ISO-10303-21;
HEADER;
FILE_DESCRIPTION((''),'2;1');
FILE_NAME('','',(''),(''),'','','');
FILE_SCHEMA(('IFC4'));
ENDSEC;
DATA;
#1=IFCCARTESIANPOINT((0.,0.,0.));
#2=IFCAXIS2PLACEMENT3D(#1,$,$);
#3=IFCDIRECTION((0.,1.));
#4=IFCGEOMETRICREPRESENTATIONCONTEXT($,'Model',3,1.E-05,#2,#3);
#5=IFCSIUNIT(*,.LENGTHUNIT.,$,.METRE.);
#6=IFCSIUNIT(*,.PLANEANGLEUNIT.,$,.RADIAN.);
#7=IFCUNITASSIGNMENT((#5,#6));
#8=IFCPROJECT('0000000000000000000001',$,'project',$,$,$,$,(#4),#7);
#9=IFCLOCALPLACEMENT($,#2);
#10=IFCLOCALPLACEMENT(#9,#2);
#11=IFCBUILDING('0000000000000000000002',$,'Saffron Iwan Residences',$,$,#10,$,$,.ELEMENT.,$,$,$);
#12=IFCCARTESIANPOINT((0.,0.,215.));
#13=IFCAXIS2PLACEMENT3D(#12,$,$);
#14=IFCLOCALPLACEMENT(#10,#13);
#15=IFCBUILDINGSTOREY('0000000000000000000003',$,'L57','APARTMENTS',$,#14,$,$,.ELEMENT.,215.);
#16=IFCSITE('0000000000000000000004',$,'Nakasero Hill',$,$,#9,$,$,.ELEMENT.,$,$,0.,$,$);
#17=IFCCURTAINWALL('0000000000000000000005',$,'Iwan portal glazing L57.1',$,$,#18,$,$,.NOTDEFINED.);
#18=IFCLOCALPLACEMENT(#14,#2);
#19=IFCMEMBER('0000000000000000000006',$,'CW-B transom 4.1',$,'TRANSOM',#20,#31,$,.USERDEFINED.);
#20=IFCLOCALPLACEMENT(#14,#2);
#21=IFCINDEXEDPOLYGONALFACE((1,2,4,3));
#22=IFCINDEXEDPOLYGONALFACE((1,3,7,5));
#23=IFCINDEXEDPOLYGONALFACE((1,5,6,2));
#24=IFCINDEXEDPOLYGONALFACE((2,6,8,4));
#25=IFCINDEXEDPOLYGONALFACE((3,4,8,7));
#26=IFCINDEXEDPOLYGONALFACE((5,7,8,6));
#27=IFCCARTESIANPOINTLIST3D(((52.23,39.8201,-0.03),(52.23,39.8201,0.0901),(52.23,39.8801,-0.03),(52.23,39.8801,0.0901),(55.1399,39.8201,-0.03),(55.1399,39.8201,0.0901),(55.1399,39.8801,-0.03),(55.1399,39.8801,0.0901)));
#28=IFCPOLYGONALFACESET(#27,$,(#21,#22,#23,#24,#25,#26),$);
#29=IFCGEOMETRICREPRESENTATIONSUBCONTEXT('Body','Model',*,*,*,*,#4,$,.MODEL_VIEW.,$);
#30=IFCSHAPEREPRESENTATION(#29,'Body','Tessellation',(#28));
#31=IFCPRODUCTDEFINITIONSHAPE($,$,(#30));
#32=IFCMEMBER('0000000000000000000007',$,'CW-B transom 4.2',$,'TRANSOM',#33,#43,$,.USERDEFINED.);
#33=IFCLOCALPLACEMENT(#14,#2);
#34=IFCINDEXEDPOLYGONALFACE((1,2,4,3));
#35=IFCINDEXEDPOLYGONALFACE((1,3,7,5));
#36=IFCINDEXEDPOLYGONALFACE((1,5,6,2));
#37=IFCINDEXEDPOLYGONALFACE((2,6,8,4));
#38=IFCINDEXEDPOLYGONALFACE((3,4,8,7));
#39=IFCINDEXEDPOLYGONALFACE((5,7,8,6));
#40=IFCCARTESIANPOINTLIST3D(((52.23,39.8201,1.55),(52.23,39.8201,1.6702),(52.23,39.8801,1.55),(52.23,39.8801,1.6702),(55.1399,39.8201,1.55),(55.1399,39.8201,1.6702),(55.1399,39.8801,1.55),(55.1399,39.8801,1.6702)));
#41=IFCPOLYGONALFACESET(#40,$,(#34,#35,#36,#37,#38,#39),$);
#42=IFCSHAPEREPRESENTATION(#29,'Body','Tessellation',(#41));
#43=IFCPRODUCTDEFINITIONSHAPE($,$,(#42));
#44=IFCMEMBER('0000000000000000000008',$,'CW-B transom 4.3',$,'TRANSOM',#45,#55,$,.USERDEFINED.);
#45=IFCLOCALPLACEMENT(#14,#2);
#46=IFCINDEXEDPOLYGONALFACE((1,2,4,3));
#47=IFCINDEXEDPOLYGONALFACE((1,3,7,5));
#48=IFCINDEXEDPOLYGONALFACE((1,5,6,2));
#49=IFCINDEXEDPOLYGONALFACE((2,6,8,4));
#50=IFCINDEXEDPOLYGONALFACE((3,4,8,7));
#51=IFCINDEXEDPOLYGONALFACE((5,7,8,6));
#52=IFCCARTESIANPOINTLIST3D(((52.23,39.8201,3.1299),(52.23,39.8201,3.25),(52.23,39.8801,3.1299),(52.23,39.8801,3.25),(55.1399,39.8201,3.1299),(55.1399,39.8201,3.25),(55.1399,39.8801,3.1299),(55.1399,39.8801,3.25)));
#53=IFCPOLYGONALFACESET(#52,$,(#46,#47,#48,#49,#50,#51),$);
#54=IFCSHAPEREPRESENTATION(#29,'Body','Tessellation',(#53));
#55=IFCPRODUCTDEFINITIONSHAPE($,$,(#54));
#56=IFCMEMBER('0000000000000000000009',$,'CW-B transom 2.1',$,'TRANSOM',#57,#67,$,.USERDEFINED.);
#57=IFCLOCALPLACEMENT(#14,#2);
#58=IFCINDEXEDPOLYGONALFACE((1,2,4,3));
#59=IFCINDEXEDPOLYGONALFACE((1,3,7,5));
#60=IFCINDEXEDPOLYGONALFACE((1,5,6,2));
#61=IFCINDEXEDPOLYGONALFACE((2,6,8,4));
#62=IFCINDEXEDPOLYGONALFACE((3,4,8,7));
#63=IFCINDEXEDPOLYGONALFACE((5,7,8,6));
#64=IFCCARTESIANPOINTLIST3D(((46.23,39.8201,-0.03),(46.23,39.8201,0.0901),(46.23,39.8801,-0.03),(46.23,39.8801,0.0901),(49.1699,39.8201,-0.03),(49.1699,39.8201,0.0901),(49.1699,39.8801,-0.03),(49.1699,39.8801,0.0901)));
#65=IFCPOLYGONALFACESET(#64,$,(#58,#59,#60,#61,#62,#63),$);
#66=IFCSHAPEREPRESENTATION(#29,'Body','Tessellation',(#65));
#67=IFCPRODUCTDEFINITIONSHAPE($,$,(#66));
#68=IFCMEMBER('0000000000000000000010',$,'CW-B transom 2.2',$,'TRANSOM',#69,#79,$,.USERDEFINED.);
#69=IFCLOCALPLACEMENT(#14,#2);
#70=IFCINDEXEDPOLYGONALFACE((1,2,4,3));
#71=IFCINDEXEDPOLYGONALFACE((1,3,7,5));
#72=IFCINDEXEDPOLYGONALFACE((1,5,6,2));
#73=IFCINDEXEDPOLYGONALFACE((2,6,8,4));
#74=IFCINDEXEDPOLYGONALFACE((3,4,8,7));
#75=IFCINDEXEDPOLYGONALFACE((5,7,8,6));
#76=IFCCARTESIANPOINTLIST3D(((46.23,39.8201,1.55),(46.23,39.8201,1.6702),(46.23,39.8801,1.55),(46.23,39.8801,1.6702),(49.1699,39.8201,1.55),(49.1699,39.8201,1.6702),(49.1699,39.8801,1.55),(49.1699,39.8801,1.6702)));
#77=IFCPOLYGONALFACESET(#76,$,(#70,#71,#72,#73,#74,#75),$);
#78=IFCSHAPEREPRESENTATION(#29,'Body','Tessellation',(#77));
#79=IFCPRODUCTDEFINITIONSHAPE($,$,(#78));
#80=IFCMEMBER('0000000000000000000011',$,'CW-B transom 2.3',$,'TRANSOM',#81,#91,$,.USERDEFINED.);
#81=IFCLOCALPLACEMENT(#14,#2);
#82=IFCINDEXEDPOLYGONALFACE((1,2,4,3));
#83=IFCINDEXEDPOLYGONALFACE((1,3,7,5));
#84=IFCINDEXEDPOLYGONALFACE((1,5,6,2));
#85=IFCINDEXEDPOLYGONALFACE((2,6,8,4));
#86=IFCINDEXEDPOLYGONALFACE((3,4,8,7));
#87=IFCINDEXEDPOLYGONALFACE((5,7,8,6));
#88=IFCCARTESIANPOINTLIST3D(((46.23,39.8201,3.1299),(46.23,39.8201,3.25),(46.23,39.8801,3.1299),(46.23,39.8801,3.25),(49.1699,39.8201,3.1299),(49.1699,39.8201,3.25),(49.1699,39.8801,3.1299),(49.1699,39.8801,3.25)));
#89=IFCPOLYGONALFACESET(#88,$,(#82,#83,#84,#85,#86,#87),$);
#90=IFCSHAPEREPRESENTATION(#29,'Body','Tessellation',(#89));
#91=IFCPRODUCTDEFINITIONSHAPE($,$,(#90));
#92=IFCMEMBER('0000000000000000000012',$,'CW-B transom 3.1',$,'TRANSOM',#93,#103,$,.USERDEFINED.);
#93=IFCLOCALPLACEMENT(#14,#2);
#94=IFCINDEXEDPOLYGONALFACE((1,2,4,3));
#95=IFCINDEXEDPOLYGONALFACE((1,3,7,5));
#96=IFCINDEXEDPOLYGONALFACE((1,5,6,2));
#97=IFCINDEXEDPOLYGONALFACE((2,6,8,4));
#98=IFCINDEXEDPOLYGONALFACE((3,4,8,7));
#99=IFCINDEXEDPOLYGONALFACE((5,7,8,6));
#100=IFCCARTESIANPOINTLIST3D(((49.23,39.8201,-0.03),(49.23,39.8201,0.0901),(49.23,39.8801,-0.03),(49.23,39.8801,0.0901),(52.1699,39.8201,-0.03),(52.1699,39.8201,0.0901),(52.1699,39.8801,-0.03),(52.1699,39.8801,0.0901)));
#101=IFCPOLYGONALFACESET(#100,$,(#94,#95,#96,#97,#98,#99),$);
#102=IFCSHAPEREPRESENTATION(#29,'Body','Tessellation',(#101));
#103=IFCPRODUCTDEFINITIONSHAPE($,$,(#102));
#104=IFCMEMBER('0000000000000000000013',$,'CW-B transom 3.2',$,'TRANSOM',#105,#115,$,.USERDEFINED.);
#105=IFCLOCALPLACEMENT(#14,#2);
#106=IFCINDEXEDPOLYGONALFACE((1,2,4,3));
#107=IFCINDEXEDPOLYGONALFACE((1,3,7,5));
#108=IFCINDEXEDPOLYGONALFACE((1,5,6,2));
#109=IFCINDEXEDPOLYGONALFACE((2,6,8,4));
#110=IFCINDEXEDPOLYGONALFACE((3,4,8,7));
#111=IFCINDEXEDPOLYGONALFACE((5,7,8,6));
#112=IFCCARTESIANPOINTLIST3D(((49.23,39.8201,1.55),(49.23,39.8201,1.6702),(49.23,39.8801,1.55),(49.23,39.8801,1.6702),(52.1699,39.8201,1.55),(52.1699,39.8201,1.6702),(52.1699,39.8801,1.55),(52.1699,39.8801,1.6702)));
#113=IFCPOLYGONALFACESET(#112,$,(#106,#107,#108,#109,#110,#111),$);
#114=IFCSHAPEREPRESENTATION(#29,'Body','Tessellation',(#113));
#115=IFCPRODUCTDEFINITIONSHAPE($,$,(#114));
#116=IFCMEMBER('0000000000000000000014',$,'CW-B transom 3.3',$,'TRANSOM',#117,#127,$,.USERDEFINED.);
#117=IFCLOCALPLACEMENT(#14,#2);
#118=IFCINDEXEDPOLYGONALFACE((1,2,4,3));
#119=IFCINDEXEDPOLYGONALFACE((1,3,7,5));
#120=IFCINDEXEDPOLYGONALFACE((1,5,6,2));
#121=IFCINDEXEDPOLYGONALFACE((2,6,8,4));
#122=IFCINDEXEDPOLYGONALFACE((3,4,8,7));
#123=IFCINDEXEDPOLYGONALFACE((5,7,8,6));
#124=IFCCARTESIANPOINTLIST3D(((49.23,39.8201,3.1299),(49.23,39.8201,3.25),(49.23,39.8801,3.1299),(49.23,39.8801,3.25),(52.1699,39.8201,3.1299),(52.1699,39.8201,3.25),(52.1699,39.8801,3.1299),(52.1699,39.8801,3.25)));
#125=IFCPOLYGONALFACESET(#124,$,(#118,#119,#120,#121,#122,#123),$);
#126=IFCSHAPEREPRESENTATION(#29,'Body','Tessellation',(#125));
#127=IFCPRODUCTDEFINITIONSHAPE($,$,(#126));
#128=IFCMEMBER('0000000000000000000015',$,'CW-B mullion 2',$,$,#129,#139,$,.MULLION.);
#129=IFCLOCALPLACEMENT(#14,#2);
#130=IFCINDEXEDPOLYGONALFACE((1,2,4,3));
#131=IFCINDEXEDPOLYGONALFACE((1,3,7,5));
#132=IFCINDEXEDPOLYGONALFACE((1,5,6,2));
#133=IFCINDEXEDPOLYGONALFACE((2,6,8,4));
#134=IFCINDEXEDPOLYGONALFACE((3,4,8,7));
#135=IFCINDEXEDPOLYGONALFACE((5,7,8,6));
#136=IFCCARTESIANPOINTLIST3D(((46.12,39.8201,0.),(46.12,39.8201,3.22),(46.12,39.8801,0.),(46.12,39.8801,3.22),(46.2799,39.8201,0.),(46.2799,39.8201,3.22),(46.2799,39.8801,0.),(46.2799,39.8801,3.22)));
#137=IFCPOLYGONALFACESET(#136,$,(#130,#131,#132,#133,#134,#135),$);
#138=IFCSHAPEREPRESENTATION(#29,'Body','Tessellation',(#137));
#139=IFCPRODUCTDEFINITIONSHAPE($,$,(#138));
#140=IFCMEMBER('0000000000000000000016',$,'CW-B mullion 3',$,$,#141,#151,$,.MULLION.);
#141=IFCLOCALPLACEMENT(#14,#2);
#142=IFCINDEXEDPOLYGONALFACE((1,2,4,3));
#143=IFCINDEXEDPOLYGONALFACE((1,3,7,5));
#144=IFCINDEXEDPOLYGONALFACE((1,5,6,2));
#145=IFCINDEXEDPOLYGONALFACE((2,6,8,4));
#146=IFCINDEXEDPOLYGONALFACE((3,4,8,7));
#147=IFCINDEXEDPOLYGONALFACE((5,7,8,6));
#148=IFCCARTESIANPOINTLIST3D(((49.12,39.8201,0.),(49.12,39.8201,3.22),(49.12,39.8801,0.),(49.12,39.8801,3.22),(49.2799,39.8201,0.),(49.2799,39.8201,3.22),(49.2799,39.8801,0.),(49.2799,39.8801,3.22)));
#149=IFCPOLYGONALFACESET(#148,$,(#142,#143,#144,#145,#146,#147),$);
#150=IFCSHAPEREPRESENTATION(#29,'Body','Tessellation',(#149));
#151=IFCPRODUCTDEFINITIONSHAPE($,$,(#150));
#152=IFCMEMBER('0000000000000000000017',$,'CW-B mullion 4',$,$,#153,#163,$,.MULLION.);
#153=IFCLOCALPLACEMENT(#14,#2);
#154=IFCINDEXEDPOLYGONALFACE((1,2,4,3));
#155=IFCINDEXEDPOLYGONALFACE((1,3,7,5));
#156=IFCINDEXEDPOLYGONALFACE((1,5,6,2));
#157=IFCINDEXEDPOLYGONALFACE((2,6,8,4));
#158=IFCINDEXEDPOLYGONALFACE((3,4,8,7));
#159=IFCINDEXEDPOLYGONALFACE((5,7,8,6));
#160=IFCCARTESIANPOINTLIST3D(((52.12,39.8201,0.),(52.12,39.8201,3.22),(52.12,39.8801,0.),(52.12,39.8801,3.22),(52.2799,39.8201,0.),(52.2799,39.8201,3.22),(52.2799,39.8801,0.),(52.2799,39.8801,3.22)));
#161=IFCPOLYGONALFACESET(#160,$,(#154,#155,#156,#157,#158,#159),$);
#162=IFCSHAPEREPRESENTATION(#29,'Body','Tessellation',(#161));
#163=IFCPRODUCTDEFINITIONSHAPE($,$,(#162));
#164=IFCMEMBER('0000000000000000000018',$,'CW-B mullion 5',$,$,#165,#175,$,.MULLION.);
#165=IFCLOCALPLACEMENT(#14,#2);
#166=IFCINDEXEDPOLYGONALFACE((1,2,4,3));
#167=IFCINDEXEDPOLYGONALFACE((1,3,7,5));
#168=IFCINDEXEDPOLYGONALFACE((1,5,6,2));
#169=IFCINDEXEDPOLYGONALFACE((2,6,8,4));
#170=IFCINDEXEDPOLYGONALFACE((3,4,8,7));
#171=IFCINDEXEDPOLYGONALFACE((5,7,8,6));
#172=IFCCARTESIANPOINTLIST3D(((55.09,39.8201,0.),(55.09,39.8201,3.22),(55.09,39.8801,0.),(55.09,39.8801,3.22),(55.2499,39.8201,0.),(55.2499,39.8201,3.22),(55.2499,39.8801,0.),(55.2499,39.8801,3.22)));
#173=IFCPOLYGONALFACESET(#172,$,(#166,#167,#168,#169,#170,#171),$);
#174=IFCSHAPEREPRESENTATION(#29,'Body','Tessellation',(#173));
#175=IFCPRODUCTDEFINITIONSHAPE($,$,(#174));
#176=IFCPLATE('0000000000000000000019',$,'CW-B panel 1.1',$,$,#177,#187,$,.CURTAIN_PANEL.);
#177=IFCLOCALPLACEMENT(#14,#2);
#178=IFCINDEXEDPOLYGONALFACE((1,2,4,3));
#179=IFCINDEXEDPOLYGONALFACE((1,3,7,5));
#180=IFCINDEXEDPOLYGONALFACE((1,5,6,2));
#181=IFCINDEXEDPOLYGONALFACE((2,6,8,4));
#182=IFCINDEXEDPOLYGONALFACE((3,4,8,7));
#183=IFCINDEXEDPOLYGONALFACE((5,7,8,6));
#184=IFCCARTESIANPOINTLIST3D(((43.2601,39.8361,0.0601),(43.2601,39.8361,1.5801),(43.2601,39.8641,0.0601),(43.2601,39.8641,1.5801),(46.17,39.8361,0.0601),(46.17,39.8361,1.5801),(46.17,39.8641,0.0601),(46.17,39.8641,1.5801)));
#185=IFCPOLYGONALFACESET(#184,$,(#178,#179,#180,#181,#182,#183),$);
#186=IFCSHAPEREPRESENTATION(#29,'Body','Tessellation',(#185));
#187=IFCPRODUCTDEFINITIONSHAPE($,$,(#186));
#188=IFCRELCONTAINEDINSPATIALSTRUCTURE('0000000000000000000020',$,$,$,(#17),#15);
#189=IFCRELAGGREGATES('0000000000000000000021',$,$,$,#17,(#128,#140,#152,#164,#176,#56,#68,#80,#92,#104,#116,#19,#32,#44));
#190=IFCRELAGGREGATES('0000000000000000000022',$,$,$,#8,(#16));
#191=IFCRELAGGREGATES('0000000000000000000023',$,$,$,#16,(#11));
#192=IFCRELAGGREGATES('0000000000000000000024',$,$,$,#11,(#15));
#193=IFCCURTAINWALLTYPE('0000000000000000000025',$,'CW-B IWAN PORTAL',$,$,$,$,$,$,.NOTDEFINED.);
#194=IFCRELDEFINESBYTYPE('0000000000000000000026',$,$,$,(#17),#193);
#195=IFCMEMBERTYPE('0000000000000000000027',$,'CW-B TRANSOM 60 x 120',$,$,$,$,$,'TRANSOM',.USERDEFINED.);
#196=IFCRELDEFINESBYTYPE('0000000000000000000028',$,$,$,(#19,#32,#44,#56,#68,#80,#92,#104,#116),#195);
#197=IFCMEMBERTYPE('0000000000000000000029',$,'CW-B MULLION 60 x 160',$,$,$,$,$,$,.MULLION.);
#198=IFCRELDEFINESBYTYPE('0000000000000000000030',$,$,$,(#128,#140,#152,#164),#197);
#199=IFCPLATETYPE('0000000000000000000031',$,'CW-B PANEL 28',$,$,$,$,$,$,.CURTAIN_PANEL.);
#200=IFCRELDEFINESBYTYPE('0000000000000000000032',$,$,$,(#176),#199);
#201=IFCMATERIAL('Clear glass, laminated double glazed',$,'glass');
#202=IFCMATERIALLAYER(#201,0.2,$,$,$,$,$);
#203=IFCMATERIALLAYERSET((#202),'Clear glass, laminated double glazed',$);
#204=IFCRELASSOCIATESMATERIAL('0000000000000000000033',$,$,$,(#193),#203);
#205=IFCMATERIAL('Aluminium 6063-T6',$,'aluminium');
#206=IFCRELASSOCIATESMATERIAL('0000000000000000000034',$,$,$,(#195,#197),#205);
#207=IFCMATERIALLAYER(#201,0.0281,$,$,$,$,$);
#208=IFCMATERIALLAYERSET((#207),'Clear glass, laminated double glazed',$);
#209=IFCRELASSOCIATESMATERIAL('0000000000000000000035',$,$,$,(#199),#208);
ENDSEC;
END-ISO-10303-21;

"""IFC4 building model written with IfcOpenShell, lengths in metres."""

from ifc_helpers import new_model, si_unit, direction, frame, origin, origin_2d, place, context, subcontext, project, spatial, rectangle, extrude, source, transform, mapped, material, layer, layer_set, material_profile, profile_set, type_object, element, aggregate, save


model = new_model("IFC4")

# Units and contexts
model_context = context("Model", 3, precision=1e-05, world=origin(), true_north=direction((0.0, 1.0)))
body_context = subcontext(model_context, "Body", "Model", "MODEL_VIEW")
ifc_project = project(units=[si_unit("LENGTHUNIT", "METRE"), si_unit("PLANEANGLEUNIT", "RADIAN")], contexts=[model_context])

# Site, building, storey
site_placement = place(None, origin())
site = spatial("IfcSite", under=ifc_project, at=site_placement, Name="Nakasero Hill", CompositionType="ELEMENT", RefElevation=0.0)
building_placement = place(site_placement, origin())
building = spatial("IfcBuilding", under=site, at=building_placement, Name="Saffron Iwan Residences", CompositionType="ELEMENT")
storey_placement = place(building_placement, frame((0.0, 0.0, 215.0)))
storey = spatial("IfcBuildingStorey", under=building, at=storey_placement, Name="L57", Description="APARTMENTS", CompositionType="ELEMENT", Elevation=215.0)

# Curtain wall, members, plate
ifc_material_1 = material(Name="Clear glass, laminated double glazed", Category="glass")
ifc_layer_1 = layer(ifc_material_1, 0.2)
ifc_layer_set_1 = layer_set([ifc_layer_1], Name="Clear glass, laminated double glazed")
curtain_wall_type = type_object("IfcCurtainWallType", Name="CW-B IWAN PORTAL", PredefinedType="NOTDEFINED", material=ifc_layer_set_1)
curtain_wall_placement = place(storey_placement, origin())
curtain_wall = element("IfcCurtainWall", 1, at=curtain_wall_placement, inside=storey, type_object=curtain_wall_type, Name="Iwan portal glazing L57.1", PredefinedType="NOTDEFINED")
ifc_material_2 = material(Name="Aluminium 6063-T6", Category="aluminium")
ifc_material_profile_1 = material_profile(ifc_material_2, rectangle(XDim=0.0601, YDim=0.1201, at=origin_2d()), Name="CW-B TRANSOM 60 x 120")
ifc_profile_set_1 = profile_set([ifc_material_profile_1], Name="Aluminium 6063-T6")
member_type_1 = type_object("IfcMemberType", Name="CW-B TRANSOM 60 x 120", ElementType="TRANSOM", PredefinedType="USERDEFINED", material=ifc_profile_set_1)
shared_shape_1 = source(origin(), body_context, "Body", "SweptSolid", [
    extrude(rectangle(XDim=0.0601, YDim=0.1201, at=origin_2d()), origin(), (0.0, 0.0, 1.0), 2.9099),
])
member_1_placement = place(storey_placement, frame((52.23, 39.8501, 0.03), z_axis=(1.0, 0.0, 0.0), x_axis=(0.0, 1.0, 0.0)))
member_1 = element("IfcMember", 2, at=member_1_placement, type_object=member_type_1, Name="CW-B transom 4.1", ObjectType="TRANSOM", PredefinedType="USERDEFINED", context=body_context, shape_type="MappedRepresentation", body=[
    mapped(shared_shape_1, transform((0.0, 0.0, 0.0))),
])
member_2_placement = place(storey_placement, frame((52.23, 39.8501, 1.6101), z_axis=(1.0, 0.0, 0.0), x_axis=(0.0, 1.0, 0.0)))
member_2 = element("IfcMember", 3, at=member_2_placement, type_object=member_type_1, Name="CW-B transom 4.2", ObjectType="TRANSOM", PredefinedType="USERDEFINED", context=body_context, shape_type="MappedRepresentation", body=[
    mapped(shared_shape_1, transform((0.0, 0.0, 0.0))),
])
member_3_placement = place(storey_placement, frame((52.23, 39.8501, 3.1899), z_axis=(1.0, 0.0, 0.0), x_axis=(0.0, 1.0, 0.0)))
member_3 = element("IfcMember", 4, at=member_3_placement, type_object=member_type_1, Name="CW-B transom 4.3", ObjectType="TRANSOM", PredefinedType="USERDEFINED", context=body_context, shape_type="MappedRepresentation", body=[
    mapped(shared_shape_1, transform((0.0, 0.0, 0.0))),
])
shared_shape_2 = source(origin(), body_context, "Body", "SweptSolid", [
    extrude(rectangle(XDim=0.0601, YDim=0.1201, at=origin_2d()), origin(), (0.0, 0.0, 1.0), 2.9399),
])
member_4_placement = place(storey_placement, frame((46.23, 39.8501, 0.03), z_axis=(1.0, 0.0, 0.0), x_axis=(0.0, 1.0, 0.0)))
member_4 = element("IfcMember", 5, at=member_4_placement, type_object=member_type_1, Name="CW-B transom 2.1", ObjectType="TRANSOM", PredefinedType="USERDEFINED", context=body_context, shape_type="MappedRepresentation", body=[
    mapped(shared_shape_2, transform((0.0, 0.0, 0.0))),
])
member_5_placement = place(storey_placement, frame((46.23, 39.8501, 1.6101), z_axis=(1.0, 0.0, 0.0), x_axis=(0.0, 1.0, 0.0)))
member_5 = element("IfcMember", 6, at=member_5_placement, type_object=member_type_1, Name="CW-B transom 2.2", ObjectType="TRANSOM", PredefinedType="USERDEFINED", context=body_context, shape_type="MappedRepresentation", body=[
    mapped(shared_shape_2, transform((0.0, 0.0, 0.0))),
])
member_6_placement = place(storey_placement, frame((46.23, 39.8501, 3.1899), z_axis=(1.0, 0.0, 0.0), x_axis=(0.0, 1.0, 0.0)))
member_6 = element("IfcMember", 7, at=member_6_placement, type_object=member_type_1, Name="CW-B transom 2.3", ObjectType="TRANSOM", PredefinedType="USERDEFINED", context=body_context, shape_type="MappedRepresentation", body=[
    mapped(shared_shape_2, transform((0.0, 0.0, 0.0))),
])
member_7_placement = place(storey_placement, frame((49.23, 39.8501, 0.03), z_axis=(1.0, 0.0, 0.0), x_axis=(0.0, 1.0, 0.0)))
member_7 = element("IfcMember", 8, at=member_7_placement, type_object=member_type_1, Name="CW-B transom 3.1", ObjectType="TRANSOM", PredefinedType="USERDEFINED", context=body_context, shape_type="MappedRepresentation", body=[
    mapped(shared_shape_2, transform((0.0, 0.0, 0.0))),
])
member_8_placement = place(storey_placement, frame((49.23, 39.8501, 1.6101), z_axis=(1.0, 0.0, 0.0), x_axis=(0.0, 1.0, 0.0)))
member_8 = element("IfcMember", 9, at=member_8_placement, type_object=member_type_1, Name="CW-B transom 3.2", ObjectType="TRANSOM", PredefinedType="USERDEFINED", context=body_context, shape_type="MappedRepresentation", body=[
    mapped(shared_shape_2, transform((0.0, 0.0, 0.0))),
])
member_9_placement = place(storey_placement, frame((49.23, 39.8501, 3.1899), z_axis=(1.0, 0.0, 0.0), x_axis=(0.0, 1.0, 0.0)))
member_9 = element("IfcMember", 10, at=member_9_placement, type_object=member_type_1, Name="CW-B transom 3.3", ObjectType="TRANSOM", PredefinedType="USERDEFINED", context=body_context, shape_type="MappedRepresentation", body=[
    mapped(shared_shape_2, transform((0.0, 0.0, 0.0))),
])
ifc_material_profile_2 = material_profile(ifc_material_2, rectangle(XDim=0.0601, YDim=0.1599, at=origin_2d()), Name="CW-B MULLION 60 x 160")
ifc_profile_set_2 = profile_set([ifc_material_profile_2], Name="Aluminium 6063-T6")
member_type_2 = type_object("IfcMemberType", Name="CW-B MULLION 60 x 160", PredefinedType="MULLION", material=ifc_profile_set_2)
shared_shape_3 = source(origin(), body_context, "Body", "SweptSolid", [
    extrude(rectangle(XDim=0.0601, YDim=0.1599, at=origin_2d()), origin(), (0.0, 0.0, 1.0), 3.22),
])
member_10_placement = place(storey_placement, frame((46.2, 39.8501, 0.0), z_axis=(0.0, 0.0, 1.0), x_axis=(0.0, 1.0, 0.0)))
member_10 = element("IfcMember", 11, at=member_10_placement, type_object=member_type_2, Name="CW-B mullion 2", PredefinedType="MULLION", context=body_context, shape_type="MappedRepresentation", body=[
    mapped(shared_shape_3, transform((0.0, 0.0, 0.0))),
])
member_11_placement = place(storey_placement, frame((49.2, 39.8501, 0.0), z_axis=(0.0, 0.0, 1.0), x_axis=(0.0, 1.0, 0.0)))
member_11 = element("IfcMember", 12, at=member_11_placement, type_object=member_type_2, Name="CW-B mullion 3", PredefinedType="MULLION", context=body_context, shape_type="MappedRepresentation", body=[
    mapped(shared_shape_3, transform((0.0, 0.0, 0.0))),
])
member_12_placement = place(storey_placement, frame((52.2, 39.8501, 0.0), z_axis=(0.0, 0.0, 1.0), x_axis=(0.0, 1.0, 0.0)))
member_12 = element("IfcMember", 13, at=member_12_placement, type_object=member_type_2, Name="CW-B mullion 4", PredefinedType="MULLION", context=body_context, shape_type="MappedRepresentation", body=[
    mapped(shared_shape_3, transform((0.0, 0.0, 0.0))),
])
member_13_placement = place(storey_placement, frame((55.1699, 39.8501, 0.0), z_axis=(0.0, 0.0, 1.0), x_axis=(0.0, 1.0, 0.0)))
member_13 = element("IfcMember", 14, at=member_13_placement, type_object=member_type_2, Name="CW-B mullion 5", PredefinedType="MULLION", context=body_context, shape_type="MappedRepresentation", body=[
    mapped(shared_shape_3, transform((0.0, 0.0, 0.0))),
])
ifc_layer_2 = layer(ifc_material_1, 0.0281)
ifc_layer_set_2 = layer_set([ifc_layer_2], Name="Clear glass, laminated double glazed")
plate_type = type_object("IfcPlateType", Name="CW-B PANEL 28", PredefinedType="CURTAIN_PANEL", material=ifc_layer_set_2)
shared_shape_4 = source(origin(), body_context, "Body", "SweptSolid", [
    extrude(rectangle(XDim=2.9099, YDim=0.0281, at=origin_2d()), origin(), (0.0, 0.0, 1.0), 1.52),
])
plate_1_placement = place(storey_placement, frame((44.7151, 39.8501, 0.0601), z_axis=(0.0, 0.0, 1.0), x_axis=(1.0, 0.0, 0.0)))
plate_1 = element("IfcPlate", 15, at=plate_1_placement, type_object=plate_type, Name="CW-B panel 1.1", PredefinedType="CURTAIN_PANEL", context=body_context, shape_type="MappedRepresentation", body=[
    mapped(shared_shape_4, transform((0.0, 0.0, 0.0))),
])
aggregate(curtain_wall, [member_10, member_11, member_12, member_13, plate_1, member_4, member_5, member_6, member_7, member_8, member_9, member_1, member_2, member_3])

save(model, "model.ifc")
